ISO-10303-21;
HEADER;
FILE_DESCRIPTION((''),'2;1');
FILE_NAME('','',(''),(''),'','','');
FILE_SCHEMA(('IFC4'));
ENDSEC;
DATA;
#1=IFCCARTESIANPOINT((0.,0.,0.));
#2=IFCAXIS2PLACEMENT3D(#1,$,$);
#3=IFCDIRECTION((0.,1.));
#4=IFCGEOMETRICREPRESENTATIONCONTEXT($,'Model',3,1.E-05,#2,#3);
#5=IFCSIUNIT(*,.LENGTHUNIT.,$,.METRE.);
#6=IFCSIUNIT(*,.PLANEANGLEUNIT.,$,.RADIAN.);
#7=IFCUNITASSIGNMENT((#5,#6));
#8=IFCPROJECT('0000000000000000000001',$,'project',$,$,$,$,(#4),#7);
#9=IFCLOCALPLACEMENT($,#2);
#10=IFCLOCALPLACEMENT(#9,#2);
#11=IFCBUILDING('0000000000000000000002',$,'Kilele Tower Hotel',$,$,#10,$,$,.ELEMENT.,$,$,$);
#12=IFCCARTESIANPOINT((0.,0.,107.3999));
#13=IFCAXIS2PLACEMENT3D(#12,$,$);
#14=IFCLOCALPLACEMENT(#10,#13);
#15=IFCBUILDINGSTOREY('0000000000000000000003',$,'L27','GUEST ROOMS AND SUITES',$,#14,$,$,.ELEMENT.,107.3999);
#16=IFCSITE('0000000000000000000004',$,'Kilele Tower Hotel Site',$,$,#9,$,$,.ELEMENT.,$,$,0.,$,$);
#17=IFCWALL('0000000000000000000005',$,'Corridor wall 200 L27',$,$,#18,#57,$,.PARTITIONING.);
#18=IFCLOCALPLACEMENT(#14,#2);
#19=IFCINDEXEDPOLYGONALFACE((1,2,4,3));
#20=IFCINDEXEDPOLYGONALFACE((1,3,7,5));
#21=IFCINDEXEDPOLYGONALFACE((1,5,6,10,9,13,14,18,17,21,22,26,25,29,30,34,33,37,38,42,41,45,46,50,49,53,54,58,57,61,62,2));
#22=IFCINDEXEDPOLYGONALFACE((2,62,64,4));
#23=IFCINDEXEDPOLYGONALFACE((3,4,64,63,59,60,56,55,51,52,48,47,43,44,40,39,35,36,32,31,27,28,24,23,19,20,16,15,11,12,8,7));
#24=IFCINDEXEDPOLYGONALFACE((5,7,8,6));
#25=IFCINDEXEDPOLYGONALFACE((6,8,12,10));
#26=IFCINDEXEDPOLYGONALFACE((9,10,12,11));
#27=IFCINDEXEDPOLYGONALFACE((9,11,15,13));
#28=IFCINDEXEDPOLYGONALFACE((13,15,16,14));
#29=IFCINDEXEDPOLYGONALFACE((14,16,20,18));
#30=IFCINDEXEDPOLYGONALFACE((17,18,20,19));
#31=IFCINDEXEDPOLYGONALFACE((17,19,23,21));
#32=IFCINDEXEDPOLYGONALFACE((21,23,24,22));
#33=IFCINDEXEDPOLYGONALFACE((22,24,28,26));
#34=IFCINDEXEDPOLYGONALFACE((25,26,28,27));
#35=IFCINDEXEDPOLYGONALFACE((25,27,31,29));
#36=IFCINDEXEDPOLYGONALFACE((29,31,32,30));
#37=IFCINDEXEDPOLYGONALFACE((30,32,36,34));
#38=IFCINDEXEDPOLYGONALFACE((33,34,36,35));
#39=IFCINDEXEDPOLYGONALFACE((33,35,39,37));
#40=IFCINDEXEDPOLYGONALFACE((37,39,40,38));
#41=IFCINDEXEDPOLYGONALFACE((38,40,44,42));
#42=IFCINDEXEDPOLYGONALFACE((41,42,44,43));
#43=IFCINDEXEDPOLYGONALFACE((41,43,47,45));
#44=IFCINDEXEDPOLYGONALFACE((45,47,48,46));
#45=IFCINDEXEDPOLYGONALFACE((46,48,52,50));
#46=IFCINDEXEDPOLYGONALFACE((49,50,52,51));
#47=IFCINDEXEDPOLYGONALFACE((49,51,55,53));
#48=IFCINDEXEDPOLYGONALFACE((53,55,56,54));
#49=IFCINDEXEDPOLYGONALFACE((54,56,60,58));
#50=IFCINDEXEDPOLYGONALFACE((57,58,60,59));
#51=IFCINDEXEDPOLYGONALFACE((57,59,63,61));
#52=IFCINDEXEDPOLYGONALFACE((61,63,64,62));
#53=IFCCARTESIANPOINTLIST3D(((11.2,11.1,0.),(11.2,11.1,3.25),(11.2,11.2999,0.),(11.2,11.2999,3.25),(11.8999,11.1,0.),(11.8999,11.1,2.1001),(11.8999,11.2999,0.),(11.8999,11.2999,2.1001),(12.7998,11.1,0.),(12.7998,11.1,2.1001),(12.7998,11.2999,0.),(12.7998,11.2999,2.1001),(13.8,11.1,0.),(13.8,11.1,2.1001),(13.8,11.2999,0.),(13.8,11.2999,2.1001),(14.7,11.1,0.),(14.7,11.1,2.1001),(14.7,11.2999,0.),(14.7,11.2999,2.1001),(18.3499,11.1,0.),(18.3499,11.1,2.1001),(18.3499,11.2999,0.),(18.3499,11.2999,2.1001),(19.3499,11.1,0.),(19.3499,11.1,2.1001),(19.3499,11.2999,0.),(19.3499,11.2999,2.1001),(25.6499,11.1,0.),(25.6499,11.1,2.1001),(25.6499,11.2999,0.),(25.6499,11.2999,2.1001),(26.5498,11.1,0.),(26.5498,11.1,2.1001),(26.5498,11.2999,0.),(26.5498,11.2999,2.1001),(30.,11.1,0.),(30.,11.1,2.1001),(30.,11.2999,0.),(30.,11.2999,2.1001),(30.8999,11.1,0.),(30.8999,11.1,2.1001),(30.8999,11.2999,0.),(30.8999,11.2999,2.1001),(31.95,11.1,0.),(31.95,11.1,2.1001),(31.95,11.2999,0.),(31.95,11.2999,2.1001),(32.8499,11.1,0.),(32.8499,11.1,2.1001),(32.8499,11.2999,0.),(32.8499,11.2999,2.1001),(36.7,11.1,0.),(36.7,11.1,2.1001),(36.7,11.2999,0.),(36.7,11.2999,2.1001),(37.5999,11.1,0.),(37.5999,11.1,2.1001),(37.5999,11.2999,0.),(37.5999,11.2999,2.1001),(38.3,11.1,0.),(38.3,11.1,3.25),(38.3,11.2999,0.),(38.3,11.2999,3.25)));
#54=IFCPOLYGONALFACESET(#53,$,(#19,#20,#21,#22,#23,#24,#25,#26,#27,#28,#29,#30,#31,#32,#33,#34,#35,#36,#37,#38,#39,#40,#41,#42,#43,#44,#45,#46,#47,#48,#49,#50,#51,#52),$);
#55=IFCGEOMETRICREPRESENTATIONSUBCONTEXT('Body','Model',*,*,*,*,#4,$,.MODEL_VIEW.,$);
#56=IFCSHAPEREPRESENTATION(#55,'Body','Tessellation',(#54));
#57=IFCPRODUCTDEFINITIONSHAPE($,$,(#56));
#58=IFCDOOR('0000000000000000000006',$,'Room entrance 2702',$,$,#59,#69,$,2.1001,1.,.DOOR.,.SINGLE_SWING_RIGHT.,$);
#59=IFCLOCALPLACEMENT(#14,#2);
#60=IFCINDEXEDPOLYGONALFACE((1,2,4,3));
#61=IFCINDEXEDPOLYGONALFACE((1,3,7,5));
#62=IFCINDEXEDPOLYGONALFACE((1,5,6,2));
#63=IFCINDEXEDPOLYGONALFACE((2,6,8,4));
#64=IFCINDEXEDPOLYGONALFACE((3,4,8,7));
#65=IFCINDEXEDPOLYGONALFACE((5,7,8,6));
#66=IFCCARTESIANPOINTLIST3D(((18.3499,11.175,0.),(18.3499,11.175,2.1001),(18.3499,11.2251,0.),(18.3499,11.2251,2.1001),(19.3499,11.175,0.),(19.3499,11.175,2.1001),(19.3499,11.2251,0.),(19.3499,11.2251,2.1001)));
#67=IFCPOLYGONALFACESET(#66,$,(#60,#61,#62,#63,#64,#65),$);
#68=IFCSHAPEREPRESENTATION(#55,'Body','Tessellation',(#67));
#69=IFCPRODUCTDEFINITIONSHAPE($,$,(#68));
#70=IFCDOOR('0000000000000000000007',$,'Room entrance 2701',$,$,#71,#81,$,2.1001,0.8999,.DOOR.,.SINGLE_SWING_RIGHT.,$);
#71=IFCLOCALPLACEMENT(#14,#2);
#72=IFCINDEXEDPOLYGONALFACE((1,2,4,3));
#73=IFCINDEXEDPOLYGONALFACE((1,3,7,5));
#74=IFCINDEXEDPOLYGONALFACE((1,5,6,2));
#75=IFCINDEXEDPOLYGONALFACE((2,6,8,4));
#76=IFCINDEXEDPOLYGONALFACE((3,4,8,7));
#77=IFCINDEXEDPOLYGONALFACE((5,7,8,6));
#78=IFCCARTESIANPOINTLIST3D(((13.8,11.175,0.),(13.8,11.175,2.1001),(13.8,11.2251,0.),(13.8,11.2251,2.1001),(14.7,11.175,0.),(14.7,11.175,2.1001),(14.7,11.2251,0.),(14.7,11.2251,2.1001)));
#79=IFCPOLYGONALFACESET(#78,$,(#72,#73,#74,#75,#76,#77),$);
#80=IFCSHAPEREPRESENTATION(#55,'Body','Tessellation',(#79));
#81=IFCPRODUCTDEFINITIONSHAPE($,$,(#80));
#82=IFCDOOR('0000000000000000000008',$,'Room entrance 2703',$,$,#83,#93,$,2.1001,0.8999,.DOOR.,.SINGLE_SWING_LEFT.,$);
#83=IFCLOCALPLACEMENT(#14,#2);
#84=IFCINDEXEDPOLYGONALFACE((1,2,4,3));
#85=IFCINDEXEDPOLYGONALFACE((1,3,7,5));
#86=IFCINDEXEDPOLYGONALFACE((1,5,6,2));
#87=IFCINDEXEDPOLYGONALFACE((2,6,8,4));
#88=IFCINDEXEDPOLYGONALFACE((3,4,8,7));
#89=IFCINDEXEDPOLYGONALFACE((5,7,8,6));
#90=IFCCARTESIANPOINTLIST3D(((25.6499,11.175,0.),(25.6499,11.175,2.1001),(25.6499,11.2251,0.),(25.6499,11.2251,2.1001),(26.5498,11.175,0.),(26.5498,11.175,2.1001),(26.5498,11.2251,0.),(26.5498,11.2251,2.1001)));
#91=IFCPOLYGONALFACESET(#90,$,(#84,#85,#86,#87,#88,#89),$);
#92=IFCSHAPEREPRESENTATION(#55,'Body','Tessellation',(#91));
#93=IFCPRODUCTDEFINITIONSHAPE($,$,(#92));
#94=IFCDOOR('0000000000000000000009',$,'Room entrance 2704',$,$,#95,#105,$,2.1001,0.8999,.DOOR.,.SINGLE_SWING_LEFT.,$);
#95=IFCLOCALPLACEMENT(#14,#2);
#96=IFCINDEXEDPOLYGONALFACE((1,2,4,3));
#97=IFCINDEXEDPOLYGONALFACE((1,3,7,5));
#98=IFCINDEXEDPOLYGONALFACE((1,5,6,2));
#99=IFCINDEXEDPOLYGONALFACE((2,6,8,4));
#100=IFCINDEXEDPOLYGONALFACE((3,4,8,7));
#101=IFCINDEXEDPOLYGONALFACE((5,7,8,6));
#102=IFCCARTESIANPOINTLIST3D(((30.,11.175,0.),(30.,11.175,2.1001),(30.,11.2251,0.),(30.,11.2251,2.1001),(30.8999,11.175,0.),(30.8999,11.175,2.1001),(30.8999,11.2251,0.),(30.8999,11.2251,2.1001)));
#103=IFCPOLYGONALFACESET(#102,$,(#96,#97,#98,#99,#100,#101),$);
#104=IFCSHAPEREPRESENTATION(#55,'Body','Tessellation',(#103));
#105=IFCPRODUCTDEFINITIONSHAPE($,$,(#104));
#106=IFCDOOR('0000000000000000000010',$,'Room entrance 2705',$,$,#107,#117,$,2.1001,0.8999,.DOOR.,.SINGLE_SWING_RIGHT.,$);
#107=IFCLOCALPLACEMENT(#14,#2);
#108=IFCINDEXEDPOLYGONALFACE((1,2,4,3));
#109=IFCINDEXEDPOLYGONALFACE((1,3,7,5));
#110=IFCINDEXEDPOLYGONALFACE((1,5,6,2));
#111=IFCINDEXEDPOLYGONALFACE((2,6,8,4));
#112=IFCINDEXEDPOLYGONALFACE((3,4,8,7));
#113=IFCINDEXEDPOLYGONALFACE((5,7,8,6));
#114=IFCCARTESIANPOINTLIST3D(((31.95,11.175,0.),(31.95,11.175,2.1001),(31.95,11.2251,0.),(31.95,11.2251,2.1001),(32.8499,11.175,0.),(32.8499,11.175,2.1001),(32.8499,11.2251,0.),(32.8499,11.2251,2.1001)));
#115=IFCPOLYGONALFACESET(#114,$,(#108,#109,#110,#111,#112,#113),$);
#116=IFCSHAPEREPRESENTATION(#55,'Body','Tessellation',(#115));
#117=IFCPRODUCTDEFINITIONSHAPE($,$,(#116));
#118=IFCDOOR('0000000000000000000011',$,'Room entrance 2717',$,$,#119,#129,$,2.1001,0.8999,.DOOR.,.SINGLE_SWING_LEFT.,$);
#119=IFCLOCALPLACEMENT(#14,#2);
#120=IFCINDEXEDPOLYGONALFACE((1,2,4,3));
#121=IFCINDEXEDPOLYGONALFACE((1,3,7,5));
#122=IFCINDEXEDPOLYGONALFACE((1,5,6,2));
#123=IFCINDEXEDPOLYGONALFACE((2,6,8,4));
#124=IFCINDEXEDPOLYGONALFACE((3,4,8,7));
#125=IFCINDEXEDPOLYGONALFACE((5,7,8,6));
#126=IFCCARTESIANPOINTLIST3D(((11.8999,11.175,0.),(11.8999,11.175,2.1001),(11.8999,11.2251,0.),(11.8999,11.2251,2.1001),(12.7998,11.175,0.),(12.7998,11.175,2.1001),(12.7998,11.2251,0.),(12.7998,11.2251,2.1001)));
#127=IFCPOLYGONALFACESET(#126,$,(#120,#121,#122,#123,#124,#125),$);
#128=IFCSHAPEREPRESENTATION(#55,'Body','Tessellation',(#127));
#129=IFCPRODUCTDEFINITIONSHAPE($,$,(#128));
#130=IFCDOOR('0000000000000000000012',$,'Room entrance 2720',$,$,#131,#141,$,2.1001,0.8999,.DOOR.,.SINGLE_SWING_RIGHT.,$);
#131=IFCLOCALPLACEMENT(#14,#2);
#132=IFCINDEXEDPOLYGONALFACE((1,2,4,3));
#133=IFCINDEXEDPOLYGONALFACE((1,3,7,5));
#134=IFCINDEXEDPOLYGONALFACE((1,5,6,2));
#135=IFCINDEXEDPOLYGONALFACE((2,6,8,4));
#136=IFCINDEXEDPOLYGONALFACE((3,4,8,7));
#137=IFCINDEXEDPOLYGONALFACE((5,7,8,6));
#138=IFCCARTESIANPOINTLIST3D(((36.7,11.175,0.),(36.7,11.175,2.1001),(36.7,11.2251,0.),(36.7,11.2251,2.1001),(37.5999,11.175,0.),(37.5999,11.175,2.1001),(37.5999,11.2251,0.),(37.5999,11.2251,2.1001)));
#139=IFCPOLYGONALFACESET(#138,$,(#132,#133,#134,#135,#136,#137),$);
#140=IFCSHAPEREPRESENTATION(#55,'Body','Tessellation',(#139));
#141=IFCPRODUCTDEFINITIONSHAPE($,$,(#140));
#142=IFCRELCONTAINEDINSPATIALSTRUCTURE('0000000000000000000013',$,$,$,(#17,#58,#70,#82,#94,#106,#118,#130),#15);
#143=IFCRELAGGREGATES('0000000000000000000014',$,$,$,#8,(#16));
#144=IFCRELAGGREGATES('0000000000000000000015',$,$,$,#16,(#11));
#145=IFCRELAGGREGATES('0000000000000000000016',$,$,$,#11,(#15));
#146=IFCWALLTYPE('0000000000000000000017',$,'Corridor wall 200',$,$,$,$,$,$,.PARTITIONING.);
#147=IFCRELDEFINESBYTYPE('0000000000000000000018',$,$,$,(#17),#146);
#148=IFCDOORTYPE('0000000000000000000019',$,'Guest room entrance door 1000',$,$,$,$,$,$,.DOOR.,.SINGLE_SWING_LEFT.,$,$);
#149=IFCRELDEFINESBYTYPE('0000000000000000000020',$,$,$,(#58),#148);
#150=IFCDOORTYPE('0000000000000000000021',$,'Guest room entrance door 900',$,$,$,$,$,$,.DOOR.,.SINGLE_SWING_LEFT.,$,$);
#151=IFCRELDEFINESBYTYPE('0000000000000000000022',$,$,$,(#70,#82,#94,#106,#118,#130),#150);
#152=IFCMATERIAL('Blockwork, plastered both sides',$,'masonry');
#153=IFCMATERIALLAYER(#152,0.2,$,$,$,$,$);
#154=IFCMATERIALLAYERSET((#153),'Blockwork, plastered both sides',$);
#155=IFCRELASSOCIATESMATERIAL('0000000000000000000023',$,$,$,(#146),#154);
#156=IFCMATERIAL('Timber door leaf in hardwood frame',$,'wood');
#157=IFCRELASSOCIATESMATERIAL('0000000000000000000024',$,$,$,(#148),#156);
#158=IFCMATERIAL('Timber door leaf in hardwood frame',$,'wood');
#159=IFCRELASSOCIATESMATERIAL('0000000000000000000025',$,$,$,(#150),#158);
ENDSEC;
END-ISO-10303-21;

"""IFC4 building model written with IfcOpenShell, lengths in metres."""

from ifc_helpers import new_model, si_unit, direction, frame, frame_2d, origin, place, context, subcontext, project, spatial, rectangle, extrude, material, layer, layer_set, type_object, element, fill, save


model = new_model("IFC4")

# Units and contexts
model_context = context("Model", 3, precision=1e-05, world=origin(), true_north=direction((0.0, 1.0)))
body_context = subcontext(model_context, "Body", "Model", "MODEL_VIEW")
ifc_project = project(units=[si_unit("LENGTHUNIT", "METRE"), si_unit("PLANEANGLEUNIT", "RADIAN")], contexts=[model_context])

# Site, building, storey
site_placement = place(None, origin())
site = spatial("IfcSite", under=ifc_project, at=site_placement, Name="Kilele Tower Hotel Site", CompositionType="ELEMENT", RefElevation=0.0)
building_placement = place(site_placement, origin())
building = spatial("IfcBuilding", under=site, at=building_placement, Name="Kilele Tower Hotel", CompositionType="ELEMENT")
storey_placement = place(building_placement, frame((0.0, 0.0, 107.3999)))
storey = spatial("IfcBuildingStorey", under=building, at=storey_placement, Name="L27", Description="GUEST ROOMS AND SUITES", CompositionType="ELEMENT", Elevation=107.3999)

# Wall, openings, doors
ifc_material_1 = material(Name="Blockwork, plastered both sides", Category="masonry")
ifc_layer_1 = layer(ifc_material_1, 0.2)
ifc_layer_set_1 = layer_set([ifc_layer_1], Name="Blockwork, plastered both sides")
wall_type_1 = type_object("IfcWallType", Name="Corridor wall 200", PredefinedType="PARTITIONING", material=ifc_layer_set_1)
wall_1_placement = place(storey_placement, frame((11.2, 11.2, 0.0), z_axis=(0.0, 0.0, 1.0), x_axis=(1.0, 0.0, 0.0)))
wall_1 = element("IfcWall", 1, at=wall_1_placement, inside=storey, type_object=wall_type_1, Name="Corridor wall 200 L27", PredefinedType="PARTITIONING", context=body_context, shape_type="SweptSolid", body=[
    extrude(rectangle(XDim=27.1001, YDim=0.2, at=frame_2d((13.55, 0.0))), origin(), (0.0, 0.0, 1.0), 3.25),
])
opening_1_placement = place(wall_1_placement, frame((3.5, 0.0, 0.0), z_axis=(0.0, 0.0, 1.0), x_axis=(-1.0, 0.0, 0.0)))
opening_1 = element("IfcOpeningElement", 2, at=opening_1_placement, cuts=wall_1, PredefinedType="OPENING", context=body_context, shape_type="SweptSolid", body=[
    extrude(rectangle(XDim=0.8999, YDim=2.1001, at=frame_2d((0.45, 1.05))), frame((0.0, 0.1099, 0.0), z_axis=(0.0, -1.0, 0.0), x_axis=(1.0, 0.0, 0.0)), (0.0, 0.0, 1.0), 0.22),
])
opening_2_placement = place(wall_1_placement, frame((8.1499, 0.0, 0.0), z_axis=(0.0, 0.0, 1.0), x_axis=(-1.0, 0.0, 0.0)))
opening_2 = element("IfcOpeningElement", 3, at=opening_2_placement, cuts=wall_1, PredefinedType="OPENING", context=body_context, shape_type="SweptSolid", body=[
    extrude(rectangle(XDim=1.0, YDim=2.1001, at=frame_2d((0.5, 1.05))), frame((0.0, 0.1099, 0.0), z_axis=(0.0, -1.0, 0.0), x_axis=(1.0, 0.0, 0.0)), (0.0, 0.0, 1.0), 0.22),
])
opening_3_placement = place(wall_1_placement, frame((15.3499, 0.0, 0.0), z_axis=(0.0, 0.0, 1.0), x_axis=(-1.0, 0.0, 0.0)))
opening_3 = element("IfcOpeningElement", 4, at=opening_3_placement, cuts=wall_1, PredefinedType="OPENING", context=body_context, shape_type="SweptSolid", body=[
    extrude(rectangle(XDim=0.8999, YDim=2.1001, at=frame_2d((0.45, 1.05))), frame((0.0, 0.1099, 0.0), z_axis=(0.0, -1.0, 0.0), x_axis=(1.0, 0.0, 0.0)), (0.0, 0.0, 1.0), 0.22),
])
opening_4_placement = place(wall_1_placement, frame((19.7, 0.0, 0.0), z_axis=(0.0, 0.0, 1.0), x_axis=(-1.0, 0.0, 0.0)))
opening_4 = element("IfcOpeningElement", 5, at=opening_4_placement, cuts=wall_1, PredefinedType="OPENING", context=body_context, shape_type="SweptSolid", body=[
    extrude(rectangle(XDim=0.8999, YDim=2.1001, at=frame_2d((0.45, 1.05))), frame((0.0, 0.1099, 0.0), z_axis=(0.0, -1.0, 0.0), x_axis=(1.0, 0.0, 0.0)), (0.0, 0.0, 1.0), 0.22),
])
opening_5_placement = place(wall_1_placement, frame((21.6499, 0.0, 0.0), z_axis=(0.0, 0.0, 1.0), x_axis=(-1.0, 0.0, 0.0)))
opening_5 = element("IfcOpeningElement", 6, at=opening_5_placement, cuts=wall_1, PredefinedType="OPENING", context=body_context, shape_type="SweptSolid", body=[
    extrude(rectangle(XDim=0.8999, YDim=2.1001, at=frame_2d((0.45, 1.05))), frame((0.0, 0.1099, 0.0), z_axis=(0.0, -1.0, 0.0), x_axis=(1.0, 0.0, 0.0)), (0.0, 0.0, 1.0), 0.22),
])
opening_6_placement = place(wall_1_placement, frame((1.5999, 0.0, 0.0), z_axis=(0.0, 0.0, 1.0), x_axis=(-1.0, 0.0, 0.0)))
opening_6 = element("IfcOpeningElement", 7, at=opening_6_placement, cuts=wall_1, PredefinedType="OPENING", context=body_context, shape_type="SweptSolid", body=[
    extrude(rectangle(XDim=0.8999, YDim=2.1001, at=frame_2d((0.45, 1.05))), frame((0.0, 0.1099, 0.0), z_axis=(0.0, -1.0, 0.0), x_axis=(1.0, 0.0, 0.0)), (0.0, 0.0, 1.0), 0.22),
])
opening_7_placement = place(wall_1_placement, frame((26.3999, 0.0, 0.0), z_axis=(0.0, 0.0, 1.0), x_axis=(-1.0, 0.0, 0.0)))
opening_7 = element("IfcOpeningElement", 8, at=opening_7_placement, cuts=wall_1, PredefinedType="OPENING", context=body_context, shape_type="SweptSolid", body=[
    extrude(rectangle(XDim=0.8999, YDim=2.1001, at=frame_2d((0.45, 1.05))), frame((0.0, 0.1099, 0.0), z_axis=(0.0, -1.0, 0.0), x_axis=(1.0, 0.0, 0.0)), (0.0, 0.0, 1.0), 0.22),
])
ifc_material_2 = material(Name="Timber door leaf in hardwood frame", Category="wood")
door_type_1 = type_object("IfcDoorType", Name="Guest room entrance door 1000", OperationType="SINGLE_SWING_LEFT", PredefinedType="DOOR", material=ifc_material_2)
door_1_placement = place(opening_2_placement, origin())
door_1 = element("IfcDoor", 9, at=door_1_placement, inside=storey, type_object=door_type_1, Name="Room entrance 2702", OperationType="SINGLE_SWING_RIGHT", OverallHeight=2.1001, OverallWidth=1.0, PredefinedType="DOOR", context=body_context, shape_type="SweptSolid", body=[
    extrude(rectangle(XDim=1.0, YDim=2.1001, at=frame_2d((0.5, 1.05))), frame((0.0, 0.0249, 0.0), z_axis=(0.0, -1.0, 0.0), x_axis=(1.0, 0.0, 0.0)), (0.0, 0.0, 1.0), 0.05),
])
fill(opening_2, door_1)
ifc_material_3 = material(Name="Timber door leaf in hardwood frame", Category="wood")
door_type_2 = type_object("IfcDoorType", Name="Guest room entrance door 900", OperationType="SINGLE_SWING_LEFT", PredefinedType="DOOR", material=ifc_material_3)
door_2_placement = place(opening_1_placement, origin())
door_2 = element("IfcDoor", 10, at=door_2_placement, inside=storey, type_object=door_type_2, Name="Room entrance 2701", OperationType="SINGLE_SWING_RIGHT", OverallHeight=2.1001, OverallWidth=0.8999, PredefinedType="DOOR", context=body_context, shape_type="SweptSolid", body=[
    extrude(rectangle(XDim=0.8999, YDim=2.1001, at=frame_2d((0.45, 1.05))), frame((0.0, 0.0249, 0.0), z_axis=(0.0, -1.0, 0.0), x_axis=(1.0, 0.0, 0.0)), (0.0, 0.0, 1.0), 0.05),
])
fill(opening_1, door_2)
door_3_placement = place(opening_3_placement, origin())
door_3 = element("IfcDoor", 11, at=door_3_placement, inside=storey, type_object=door_type_2, Name="Room entrance 2703", OperationType="SINGLE_SWING_LEFT", OverallHeight=2.1001, OverallWidth=0.8999, PredefinedType="DOOR", context=body_context, shape_type="SweptSolid", body=[
    extrude(rectangle(XDim=0.8999, YDim=2.1001, at=frame_2d((0.45, 1.05))), frame((0.0, 0.0249, 0.0), z_axis=(0.0, -1.0, 0.0), x_axis=(1.0, 0.0, 0.0)), (0.0, 0.0, 1.0), 0.05),
])
fill(opening_3, door_3)
door_4_placement = place(opening_4_placement, origin())
door_4 = element("IfcDoor", 12, at=door_4_placement, inside=storey, type_object=door_type_2, Name="Room entrance 2704", OperationType="SINGLE_SWING_LEFT", OverallHeight=2.1001, OverallWidth=0.8999, PredefinedType="DOOR", context=body_context, shape_type="SweptSolid", body=[
    extrude(rectangle(XDim=0.8999, YDim=2.1001, at=frame_2d((0.45, 1.05))), frame((0.0, 0.0249, 0.0), z_axis=(0.0, -1.0, 0.0), x_axis=(1.0, 0.0, 0.0)), (0.0, 0.0, 1.0), 0.05),
])
fill(opening_4, door_4)
door_5_placement = place(opening_5_placement, origin())
door_5 = element("IfcDoor", 13, at=door_5_placement, inside=storey, type_object=door_type_2, Name="Room entrance 2705", OperationType="SINGLE_SWING_RIGHT", OverallHeight=2.1001, OverallWidth=0.8999, PredefinedType="DOOR", context=body_context, shape_type="SweptSolid", body=[
    extrude(rectangle(XDim=0.8999, YDim=2.1001, at=frame_2d((0.45, 1.05))), frame((0.0, 0.0249, 0.0), z_axis=(0.0, -1.0, 0.0), x_axis=(1.0, 0.0, 0.0)), (0.0, 0.0, 1.0), 0.05),
])
fill(opening_5, door_5)
door_6_placement = place(opening_6_placement, origin())
door_6 = element("IfcDoor", 14, at=door_6_placement, inside=storey, type_object=door_type_2, Name="Room entrance 2717", OperationType="SINGLE_SWING_LEFT", OverallHeight=2.1001, OverallWidth=0.8999, PredefinedType="DOOR", context=body_context, shape_type="SweptSolid", body=[
    extrude(rectangle(XDim=0.8999, YDim=2.1001, at=frame_2d((0.45, 1.05))), frame((0.0, 0.0249, 0.0), z_axis=(0.0, -1.0, 0.0), x_axis=(1.0, 0.0, 0.0)), (0.0, 0.0, 1.0), 0.05),
])
fill(opening_6, door_6)
door_7_placement = place(opening_7_placement, origin())
door_7 = element("IfcDoor", 15, at=door_7_placement, inside=storey, type_object=door_type_2, Name="Room entrance 2720", OperationType="SINGLE_SWING_RIGHT", OverallHeight=2.1001, OverallWidth=0.8999, PredefinedType="DOOR", context=body_context, shape_type="SweptSolid", body=[
    extrude(rectangle(XDim=0.8999, YDim=2.1001, at=frame_2d((0.45, 1.05))), frame((0.0, 0.0249, 0.0), z_axis=(0.0, -1.0, 0.0), x_axis=(1.0, 0.0, 0.0)), (0.0, 0.0, 1.0), 0.05),
])
fill(opening_7, door_7)

save(model, "model.ifc")
